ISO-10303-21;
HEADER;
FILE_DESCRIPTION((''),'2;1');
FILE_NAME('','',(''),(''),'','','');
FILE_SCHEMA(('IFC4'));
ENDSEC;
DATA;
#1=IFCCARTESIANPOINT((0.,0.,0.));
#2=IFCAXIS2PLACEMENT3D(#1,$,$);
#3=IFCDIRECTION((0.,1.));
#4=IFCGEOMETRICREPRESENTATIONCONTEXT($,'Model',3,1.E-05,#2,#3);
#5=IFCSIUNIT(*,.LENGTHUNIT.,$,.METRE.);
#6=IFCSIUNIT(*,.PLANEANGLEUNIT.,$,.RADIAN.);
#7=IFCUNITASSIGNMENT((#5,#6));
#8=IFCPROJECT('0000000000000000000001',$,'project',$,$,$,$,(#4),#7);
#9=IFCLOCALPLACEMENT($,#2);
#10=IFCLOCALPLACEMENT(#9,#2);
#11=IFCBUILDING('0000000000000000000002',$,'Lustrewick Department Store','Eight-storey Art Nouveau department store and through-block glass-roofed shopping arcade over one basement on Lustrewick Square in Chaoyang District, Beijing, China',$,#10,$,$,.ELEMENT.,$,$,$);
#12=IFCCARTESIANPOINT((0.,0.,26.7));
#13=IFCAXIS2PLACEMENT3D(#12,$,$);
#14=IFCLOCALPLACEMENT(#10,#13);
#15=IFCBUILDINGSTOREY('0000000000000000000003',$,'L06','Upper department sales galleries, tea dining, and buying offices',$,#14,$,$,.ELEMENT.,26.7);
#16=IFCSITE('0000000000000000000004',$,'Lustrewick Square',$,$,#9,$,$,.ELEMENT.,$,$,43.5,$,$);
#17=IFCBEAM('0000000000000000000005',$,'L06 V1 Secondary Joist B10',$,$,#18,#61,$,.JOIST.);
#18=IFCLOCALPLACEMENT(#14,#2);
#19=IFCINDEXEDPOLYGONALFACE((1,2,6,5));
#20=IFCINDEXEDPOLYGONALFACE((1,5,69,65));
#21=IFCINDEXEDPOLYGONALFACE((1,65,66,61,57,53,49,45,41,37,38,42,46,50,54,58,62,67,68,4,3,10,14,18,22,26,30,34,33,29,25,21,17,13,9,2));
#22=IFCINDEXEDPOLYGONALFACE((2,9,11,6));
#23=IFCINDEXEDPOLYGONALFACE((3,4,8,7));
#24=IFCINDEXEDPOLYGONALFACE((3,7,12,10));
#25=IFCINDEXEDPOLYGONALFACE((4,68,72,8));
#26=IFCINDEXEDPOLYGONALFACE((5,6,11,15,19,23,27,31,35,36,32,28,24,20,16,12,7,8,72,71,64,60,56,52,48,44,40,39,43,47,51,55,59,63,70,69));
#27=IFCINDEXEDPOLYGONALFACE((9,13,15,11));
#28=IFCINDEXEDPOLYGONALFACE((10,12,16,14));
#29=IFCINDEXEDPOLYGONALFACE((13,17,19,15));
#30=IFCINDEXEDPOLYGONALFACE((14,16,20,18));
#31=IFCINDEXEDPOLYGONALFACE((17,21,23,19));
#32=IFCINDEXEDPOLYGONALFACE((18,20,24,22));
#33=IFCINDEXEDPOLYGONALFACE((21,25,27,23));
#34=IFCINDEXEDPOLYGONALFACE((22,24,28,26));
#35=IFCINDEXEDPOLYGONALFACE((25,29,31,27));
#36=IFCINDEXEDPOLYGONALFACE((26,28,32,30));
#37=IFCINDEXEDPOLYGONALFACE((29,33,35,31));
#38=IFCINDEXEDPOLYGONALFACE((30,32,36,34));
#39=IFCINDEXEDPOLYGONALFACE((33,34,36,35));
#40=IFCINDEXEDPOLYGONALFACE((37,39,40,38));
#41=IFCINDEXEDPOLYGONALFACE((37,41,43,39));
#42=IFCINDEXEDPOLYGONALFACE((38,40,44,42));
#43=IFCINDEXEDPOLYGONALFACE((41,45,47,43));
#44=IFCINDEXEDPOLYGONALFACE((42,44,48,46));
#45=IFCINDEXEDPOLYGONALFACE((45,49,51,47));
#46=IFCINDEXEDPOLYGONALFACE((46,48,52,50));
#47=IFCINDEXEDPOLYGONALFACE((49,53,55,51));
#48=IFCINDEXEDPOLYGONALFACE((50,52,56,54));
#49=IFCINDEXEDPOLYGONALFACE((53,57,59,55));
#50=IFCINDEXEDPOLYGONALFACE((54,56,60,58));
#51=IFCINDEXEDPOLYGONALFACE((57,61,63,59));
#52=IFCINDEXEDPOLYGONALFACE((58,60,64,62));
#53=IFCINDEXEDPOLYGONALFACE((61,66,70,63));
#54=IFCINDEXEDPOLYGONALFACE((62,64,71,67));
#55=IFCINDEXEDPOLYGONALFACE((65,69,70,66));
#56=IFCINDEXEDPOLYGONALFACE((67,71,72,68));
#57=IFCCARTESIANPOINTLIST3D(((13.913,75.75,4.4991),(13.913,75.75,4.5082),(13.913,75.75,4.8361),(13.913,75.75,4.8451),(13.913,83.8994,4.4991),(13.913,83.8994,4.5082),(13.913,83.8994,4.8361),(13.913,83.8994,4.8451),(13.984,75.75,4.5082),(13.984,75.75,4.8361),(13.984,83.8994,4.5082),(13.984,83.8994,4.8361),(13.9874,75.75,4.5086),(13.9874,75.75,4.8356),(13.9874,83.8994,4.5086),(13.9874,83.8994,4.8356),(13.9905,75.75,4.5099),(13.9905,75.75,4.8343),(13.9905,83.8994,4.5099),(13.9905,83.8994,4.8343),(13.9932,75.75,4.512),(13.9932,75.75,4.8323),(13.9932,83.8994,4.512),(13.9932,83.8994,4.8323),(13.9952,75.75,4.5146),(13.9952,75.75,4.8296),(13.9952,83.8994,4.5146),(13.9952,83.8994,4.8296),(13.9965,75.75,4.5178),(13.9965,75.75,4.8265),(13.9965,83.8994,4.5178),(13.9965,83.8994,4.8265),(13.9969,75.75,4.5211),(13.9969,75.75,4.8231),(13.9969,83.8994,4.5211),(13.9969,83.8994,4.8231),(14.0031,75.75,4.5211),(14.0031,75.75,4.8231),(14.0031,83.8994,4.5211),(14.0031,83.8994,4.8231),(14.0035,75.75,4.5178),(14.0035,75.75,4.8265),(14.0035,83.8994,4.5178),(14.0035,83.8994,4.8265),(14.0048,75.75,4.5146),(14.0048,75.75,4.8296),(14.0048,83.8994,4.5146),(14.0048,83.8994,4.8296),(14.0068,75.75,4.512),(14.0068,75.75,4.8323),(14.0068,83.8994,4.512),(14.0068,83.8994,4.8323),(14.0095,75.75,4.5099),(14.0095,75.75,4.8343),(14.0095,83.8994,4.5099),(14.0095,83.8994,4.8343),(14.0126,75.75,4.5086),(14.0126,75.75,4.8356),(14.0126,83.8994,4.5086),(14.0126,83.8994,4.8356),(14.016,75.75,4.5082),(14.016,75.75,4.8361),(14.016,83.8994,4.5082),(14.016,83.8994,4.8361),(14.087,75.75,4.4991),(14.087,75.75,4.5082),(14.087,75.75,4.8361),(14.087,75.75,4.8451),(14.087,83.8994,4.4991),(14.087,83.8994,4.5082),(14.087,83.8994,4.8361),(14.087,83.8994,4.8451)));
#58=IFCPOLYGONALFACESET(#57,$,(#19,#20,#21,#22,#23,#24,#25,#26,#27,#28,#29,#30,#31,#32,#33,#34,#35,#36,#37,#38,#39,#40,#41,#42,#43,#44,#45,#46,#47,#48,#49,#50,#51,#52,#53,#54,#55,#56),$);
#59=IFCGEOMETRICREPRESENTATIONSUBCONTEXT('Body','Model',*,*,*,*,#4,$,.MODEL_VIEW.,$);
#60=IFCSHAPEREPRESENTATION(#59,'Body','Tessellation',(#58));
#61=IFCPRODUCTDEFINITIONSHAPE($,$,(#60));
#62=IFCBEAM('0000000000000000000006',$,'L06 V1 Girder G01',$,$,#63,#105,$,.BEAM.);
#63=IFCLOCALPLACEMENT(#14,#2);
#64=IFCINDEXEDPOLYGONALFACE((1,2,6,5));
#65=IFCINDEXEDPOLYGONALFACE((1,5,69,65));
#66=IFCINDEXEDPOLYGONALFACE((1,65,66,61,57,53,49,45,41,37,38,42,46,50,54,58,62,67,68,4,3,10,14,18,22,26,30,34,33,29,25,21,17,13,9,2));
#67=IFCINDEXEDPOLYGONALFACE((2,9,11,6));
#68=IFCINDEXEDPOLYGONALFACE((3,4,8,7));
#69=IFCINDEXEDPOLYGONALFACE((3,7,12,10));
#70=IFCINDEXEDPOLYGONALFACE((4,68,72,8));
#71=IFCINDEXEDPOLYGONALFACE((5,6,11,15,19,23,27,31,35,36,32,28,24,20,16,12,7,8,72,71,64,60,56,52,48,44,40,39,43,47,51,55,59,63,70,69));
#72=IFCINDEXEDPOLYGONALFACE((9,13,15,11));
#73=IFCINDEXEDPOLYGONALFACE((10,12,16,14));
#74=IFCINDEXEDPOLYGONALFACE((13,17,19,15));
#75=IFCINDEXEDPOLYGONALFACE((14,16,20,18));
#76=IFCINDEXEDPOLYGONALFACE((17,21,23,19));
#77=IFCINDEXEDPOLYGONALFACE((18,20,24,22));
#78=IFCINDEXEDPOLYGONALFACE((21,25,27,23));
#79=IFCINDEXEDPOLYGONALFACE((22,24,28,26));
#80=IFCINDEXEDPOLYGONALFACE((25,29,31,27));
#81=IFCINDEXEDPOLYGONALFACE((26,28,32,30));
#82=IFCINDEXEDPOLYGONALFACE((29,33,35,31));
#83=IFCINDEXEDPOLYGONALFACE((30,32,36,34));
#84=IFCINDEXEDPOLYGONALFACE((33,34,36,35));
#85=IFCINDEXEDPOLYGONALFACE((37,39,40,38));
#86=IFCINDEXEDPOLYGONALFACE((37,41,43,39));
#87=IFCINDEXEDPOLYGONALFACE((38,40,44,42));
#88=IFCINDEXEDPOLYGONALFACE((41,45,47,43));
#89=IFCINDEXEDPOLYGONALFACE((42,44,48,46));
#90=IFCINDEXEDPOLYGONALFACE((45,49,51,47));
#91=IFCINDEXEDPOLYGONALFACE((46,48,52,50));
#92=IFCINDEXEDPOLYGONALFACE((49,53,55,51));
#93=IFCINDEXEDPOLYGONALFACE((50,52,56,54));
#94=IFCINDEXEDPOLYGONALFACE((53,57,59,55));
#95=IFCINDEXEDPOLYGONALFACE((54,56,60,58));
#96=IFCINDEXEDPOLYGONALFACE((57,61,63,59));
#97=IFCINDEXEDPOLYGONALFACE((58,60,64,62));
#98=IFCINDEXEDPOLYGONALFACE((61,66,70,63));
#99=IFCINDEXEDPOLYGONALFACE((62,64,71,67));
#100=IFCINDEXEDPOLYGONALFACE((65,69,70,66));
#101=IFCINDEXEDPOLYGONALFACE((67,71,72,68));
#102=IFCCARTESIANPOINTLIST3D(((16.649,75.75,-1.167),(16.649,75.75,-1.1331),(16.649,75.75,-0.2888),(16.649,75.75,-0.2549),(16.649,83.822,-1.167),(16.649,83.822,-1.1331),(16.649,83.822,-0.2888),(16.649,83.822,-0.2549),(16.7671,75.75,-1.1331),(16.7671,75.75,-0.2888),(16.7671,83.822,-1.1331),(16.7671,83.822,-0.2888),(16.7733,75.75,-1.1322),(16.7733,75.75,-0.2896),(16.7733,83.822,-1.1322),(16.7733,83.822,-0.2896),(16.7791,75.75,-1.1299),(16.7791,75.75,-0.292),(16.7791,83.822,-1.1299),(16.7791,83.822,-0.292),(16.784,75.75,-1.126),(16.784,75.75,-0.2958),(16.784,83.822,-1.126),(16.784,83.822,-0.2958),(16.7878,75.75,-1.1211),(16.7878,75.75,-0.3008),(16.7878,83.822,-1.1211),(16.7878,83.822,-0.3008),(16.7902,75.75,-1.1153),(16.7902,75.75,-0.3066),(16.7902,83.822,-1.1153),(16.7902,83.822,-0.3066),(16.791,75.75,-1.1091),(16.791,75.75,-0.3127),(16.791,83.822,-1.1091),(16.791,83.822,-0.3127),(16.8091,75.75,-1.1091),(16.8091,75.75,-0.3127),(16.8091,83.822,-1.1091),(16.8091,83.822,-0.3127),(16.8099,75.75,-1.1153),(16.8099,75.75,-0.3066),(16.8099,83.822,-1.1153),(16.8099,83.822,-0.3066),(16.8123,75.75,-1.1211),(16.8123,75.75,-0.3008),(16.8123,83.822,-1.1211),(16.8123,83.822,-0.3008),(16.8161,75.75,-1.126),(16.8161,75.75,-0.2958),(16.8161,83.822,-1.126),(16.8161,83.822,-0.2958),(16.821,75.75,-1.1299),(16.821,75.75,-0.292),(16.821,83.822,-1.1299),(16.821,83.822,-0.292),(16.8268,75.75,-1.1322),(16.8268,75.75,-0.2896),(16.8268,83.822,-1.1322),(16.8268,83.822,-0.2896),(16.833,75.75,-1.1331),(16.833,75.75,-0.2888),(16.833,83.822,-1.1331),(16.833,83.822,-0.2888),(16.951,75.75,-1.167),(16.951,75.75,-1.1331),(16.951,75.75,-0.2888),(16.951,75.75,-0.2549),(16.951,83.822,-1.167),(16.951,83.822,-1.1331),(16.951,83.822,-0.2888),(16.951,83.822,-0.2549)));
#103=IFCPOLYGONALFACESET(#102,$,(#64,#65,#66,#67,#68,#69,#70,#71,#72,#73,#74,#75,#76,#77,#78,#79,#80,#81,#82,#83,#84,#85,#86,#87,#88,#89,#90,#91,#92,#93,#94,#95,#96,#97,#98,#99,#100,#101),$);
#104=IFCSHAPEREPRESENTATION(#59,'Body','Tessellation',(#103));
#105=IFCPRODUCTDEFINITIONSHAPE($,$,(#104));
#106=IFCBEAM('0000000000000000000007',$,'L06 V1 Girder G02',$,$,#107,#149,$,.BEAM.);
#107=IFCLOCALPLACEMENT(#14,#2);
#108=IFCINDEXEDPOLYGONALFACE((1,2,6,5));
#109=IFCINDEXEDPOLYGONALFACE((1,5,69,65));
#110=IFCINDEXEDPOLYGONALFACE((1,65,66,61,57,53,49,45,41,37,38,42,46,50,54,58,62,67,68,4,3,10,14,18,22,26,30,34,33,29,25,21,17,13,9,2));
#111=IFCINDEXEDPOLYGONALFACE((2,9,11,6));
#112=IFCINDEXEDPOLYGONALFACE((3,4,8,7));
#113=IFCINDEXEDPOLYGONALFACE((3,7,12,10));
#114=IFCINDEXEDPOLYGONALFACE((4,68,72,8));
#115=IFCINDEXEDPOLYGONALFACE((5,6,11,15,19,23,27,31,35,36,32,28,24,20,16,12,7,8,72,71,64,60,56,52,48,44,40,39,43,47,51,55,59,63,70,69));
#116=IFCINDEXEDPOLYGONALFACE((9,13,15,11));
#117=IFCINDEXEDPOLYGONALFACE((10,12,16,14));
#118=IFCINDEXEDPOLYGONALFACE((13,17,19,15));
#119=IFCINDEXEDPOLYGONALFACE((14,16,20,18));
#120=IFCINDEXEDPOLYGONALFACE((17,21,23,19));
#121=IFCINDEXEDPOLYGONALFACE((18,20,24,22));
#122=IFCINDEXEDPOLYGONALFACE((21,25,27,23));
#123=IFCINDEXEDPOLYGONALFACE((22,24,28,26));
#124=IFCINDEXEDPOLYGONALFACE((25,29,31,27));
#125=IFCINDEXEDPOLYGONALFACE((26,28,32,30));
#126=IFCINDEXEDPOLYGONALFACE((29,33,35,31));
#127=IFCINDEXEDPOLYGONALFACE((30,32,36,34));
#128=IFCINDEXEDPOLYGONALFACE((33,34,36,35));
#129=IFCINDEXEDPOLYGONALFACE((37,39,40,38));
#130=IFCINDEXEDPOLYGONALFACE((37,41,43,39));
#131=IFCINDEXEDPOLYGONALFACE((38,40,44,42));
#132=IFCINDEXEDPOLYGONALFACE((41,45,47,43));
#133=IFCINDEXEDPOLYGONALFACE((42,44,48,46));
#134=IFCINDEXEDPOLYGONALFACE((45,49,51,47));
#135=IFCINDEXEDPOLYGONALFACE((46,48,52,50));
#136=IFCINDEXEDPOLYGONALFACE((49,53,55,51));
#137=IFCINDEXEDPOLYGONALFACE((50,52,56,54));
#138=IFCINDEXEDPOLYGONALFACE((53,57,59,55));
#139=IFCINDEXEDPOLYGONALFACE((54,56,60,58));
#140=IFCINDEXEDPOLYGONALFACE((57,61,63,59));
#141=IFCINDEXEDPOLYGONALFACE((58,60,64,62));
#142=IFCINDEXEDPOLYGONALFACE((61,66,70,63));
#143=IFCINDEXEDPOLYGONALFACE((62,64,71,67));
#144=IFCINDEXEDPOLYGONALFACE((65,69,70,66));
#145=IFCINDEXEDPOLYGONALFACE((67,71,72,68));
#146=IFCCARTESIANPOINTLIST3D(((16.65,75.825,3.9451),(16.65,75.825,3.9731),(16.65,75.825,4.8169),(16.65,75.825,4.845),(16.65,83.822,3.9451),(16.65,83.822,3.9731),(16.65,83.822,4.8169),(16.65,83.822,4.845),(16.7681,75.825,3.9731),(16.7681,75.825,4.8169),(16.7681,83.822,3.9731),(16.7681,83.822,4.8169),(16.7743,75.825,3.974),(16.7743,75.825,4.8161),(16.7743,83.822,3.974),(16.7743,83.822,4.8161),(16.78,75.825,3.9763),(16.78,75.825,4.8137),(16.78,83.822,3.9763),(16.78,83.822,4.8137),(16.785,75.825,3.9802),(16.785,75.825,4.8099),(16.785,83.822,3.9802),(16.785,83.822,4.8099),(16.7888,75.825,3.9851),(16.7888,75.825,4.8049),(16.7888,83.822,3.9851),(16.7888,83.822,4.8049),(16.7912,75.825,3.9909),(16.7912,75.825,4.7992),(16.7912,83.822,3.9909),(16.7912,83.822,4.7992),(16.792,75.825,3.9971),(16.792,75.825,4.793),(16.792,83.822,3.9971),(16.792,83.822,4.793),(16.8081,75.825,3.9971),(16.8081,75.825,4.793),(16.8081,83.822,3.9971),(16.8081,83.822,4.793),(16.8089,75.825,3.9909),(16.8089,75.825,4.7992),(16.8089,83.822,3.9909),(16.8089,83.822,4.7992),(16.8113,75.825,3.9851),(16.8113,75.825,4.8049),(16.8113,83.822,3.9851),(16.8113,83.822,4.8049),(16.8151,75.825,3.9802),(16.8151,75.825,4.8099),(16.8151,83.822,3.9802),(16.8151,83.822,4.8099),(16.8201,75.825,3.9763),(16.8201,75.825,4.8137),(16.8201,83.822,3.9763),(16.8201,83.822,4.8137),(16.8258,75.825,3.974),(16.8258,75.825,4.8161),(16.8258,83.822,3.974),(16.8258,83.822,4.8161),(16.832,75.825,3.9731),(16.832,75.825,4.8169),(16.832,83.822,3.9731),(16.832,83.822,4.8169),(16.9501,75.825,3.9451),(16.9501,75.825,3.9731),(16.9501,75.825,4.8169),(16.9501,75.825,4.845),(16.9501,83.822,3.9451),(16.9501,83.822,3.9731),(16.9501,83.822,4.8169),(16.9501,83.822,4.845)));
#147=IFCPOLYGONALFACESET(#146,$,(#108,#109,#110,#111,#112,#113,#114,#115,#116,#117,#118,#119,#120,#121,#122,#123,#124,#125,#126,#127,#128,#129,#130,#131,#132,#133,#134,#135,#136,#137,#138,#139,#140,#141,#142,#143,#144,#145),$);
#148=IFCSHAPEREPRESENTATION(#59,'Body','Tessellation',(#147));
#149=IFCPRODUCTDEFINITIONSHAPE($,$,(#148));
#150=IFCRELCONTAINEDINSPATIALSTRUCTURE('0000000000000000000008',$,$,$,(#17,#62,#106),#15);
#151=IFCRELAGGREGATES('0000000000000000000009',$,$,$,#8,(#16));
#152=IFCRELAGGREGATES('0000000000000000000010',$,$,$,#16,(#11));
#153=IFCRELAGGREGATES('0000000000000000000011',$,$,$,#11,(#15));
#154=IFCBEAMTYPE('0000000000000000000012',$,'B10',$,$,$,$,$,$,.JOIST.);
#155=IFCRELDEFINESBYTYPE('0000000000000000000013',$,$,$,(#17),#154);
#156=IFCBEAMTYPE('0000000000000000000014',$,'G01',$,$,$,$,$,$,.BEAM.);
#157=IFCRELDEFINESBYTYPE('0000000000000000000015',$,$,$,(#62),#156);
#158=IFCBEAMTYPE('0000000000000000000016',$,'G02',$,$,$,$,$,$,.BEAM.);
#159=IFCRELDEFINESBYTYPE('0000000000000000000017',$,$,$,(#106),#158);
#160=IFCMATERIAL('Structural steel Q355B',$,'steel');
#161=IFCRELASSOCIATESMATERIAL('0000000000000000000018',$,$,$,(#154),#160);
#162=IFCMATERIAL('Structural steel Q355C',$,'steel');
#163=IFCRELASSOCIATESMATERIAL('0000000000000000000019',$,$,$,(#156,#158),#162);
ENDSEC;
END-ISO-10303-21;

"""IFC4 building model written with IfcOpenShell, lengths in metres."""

from ifc_helpers import new_model, si_unit, direction, frame, origin, origin_2d, place, context, subcontext, project, spatial, i_section, extrude, material, material_profile, profile_set, type_object, element, save


model = new_model("IFC4")

# Units and contexts
model_context = context("Model", 3, precision=1e-05, world=origin(), true_north=direction((0.0, 1.0)))
body_context = subcontext(model_context, "Body", "Model", "MODEL_VIEW")
ifc_project = project(units=[si_unit("LENGTHUNIT", "METRE"), si_unit("PLANEANGLEUNIT", "RADIAN")], contexts=[model_context])

# Site, building, storey
site_placement = place(None, origin())
site = spatial("IfcSite", under=ifc_project, at=site_placement, Name="Lustrewick Square", CompositionType="ELEMENT", RefElevation=43.5)
building_placement = place(site_placement, origin())
building = spatial("IfcBuilding", under=site, at=building_placement, Name="Lustrewick Department Store", Description="Eight-storey Art Nouveau department store and through-block glass-roofed shopping arcade over one basement on Lustrewick Square in Chaoyang District, Beijing, China", CompositionType="ELEMENT")
storey_placement = place(building_placement, frame((0.0, 0.0, 26.7)))
storey = spatial("IfcBuildingStorey", under=building, at=storey_placement, Name="L06", Description="Upper department sales galleries, tea dining, and buying offices", CompositionType="ELEMENT", Elevation=26.7)

# Shared definitions
ifc_material_1 = material(Name="Structural steel Q355B", Category="steel")

# Beams
ifc_material_profile_1 = material_profile(ifc_material_1, i_section(OverallWidth=0.1741, OverallDepth=0.3459, WebThickness=0.0061, FlangeThickness=0.009, FilletRadius=0.0129, at=origin_2d()), Name="HN 346x174x6x9")
ifc_profile_set_1 = profile_set([ifc_material_profile_1], Name="Structural steel Q355B")
beam_type_1 = type_object("IfcBeamType", Name="B10", PredefinedType="JOIST", material=ifc_profile_set_1)
beam_1_placement = place(storey_placement, frame((14.0, 75.75, 4.6721), z_axis=(0.0, 1.0, 0.0), x_axis=(-1.0, 0.0, 0.0)))
element("IfcBeam", 1, at=beam_1_placement, inside=storey, type_object=beam_type_1, Name="L06 V1 Secondary Joist B10", PredefinedType="JOIST", context=body_context, shape_type="SweptSolid", body=[
    extrude(i_section(OverallWidth=0.1741, OverallDepth=0.3459, WebThickness=0.0061, FlangeThickness=0.009, FilletRadius=0.0129, at=origin_2d()), origin(), (0.0, 0.0, 1.0), 8.1494),
])
ifc_material_2 = material(Name="Structural steel Q355C", Category="steel")
ifc_material_profile_2 = material_profile(ifc_material_2, i_section(OverallWidth=0.302, OverallDepth=0.9121, WebThickness=0.0181, FlangeThickness=0.0339, FilletRadius=0.0239, at=origin_2d()), Name="HN 912x302x18x34")
ifc_profile_set_2 = profile_set([ifc_material_profile_2], Name="Structural steel Q355C")
beam_type_2 = type_object("IfcBeamType", Name="G01", PredefinedType="BEAM", material=ifc_profile_set_2)
beam_2_placement = place(storey_placement, frame((16.8, 75.75, -0.7109), z_axis=(0.0, 1.0, 0.0), x_axis=(-1.0, 0.0, 0.0)))
element("IfcBeam", 2, at=beam_2_placement, inside=storey, type_object=beam_type_2, Name="L06 V1 Girder G01", PredefinedType="BEAM", context=body_context, shape_type="SweptSolid", body=[
    extrude(i_section(OverallWidth=0.302, OverallDepth=0.9121, WebThickness=0.0181, FlangeThickness=0.0339, FilletRadius=0.0239, at=origin_2d()), origin(), (0.0, 0.0, 1.0), 8.072),
])
ifc_material_profile_3 = material_profile(ifc_material_2, i_section(OverallWidth=0.3, OverallDepth=0.8999, WebThickness=0.0161, FlangeThickness=0.0281, FilletRadius=0.0239, at=origin_2d()), Name="HN 900x300x16x28")
ifc_profile_set_3 = profile_set([ifc_material_profile_3], Name="Structural steel Q355C")
beam_type_3 = type_object("IfcBeamType", Name="G02", PredefinedType="BEAM", material=ifc_profile_set_3)
beam_3_placement = place(storey_placement, frame((16.8, 75.825, 4.395), z_axis=(0.0, 1.0, 0.0), x_axis=(-1.0, 0.0, 0.0)))
element("IfcBeam", 3, at=beam_3_placement, inside=storey, type_object=beam_type_3, Name="L06 V1 Girder G02", PredefinedType="BEAM", context=body_context, shape_type="SweptSolid", body=[
    extrude(i_section(OverallWidth=0.3, OverallDepth=0.8999, WebThickness=0.0161, FlangeThickness=0.0281, FilletRadius=0.0239, at=origin_2d()), origin(), (0.0, 0.0, 1.0), 7.9971),
])

save(model, "model.ifc")
